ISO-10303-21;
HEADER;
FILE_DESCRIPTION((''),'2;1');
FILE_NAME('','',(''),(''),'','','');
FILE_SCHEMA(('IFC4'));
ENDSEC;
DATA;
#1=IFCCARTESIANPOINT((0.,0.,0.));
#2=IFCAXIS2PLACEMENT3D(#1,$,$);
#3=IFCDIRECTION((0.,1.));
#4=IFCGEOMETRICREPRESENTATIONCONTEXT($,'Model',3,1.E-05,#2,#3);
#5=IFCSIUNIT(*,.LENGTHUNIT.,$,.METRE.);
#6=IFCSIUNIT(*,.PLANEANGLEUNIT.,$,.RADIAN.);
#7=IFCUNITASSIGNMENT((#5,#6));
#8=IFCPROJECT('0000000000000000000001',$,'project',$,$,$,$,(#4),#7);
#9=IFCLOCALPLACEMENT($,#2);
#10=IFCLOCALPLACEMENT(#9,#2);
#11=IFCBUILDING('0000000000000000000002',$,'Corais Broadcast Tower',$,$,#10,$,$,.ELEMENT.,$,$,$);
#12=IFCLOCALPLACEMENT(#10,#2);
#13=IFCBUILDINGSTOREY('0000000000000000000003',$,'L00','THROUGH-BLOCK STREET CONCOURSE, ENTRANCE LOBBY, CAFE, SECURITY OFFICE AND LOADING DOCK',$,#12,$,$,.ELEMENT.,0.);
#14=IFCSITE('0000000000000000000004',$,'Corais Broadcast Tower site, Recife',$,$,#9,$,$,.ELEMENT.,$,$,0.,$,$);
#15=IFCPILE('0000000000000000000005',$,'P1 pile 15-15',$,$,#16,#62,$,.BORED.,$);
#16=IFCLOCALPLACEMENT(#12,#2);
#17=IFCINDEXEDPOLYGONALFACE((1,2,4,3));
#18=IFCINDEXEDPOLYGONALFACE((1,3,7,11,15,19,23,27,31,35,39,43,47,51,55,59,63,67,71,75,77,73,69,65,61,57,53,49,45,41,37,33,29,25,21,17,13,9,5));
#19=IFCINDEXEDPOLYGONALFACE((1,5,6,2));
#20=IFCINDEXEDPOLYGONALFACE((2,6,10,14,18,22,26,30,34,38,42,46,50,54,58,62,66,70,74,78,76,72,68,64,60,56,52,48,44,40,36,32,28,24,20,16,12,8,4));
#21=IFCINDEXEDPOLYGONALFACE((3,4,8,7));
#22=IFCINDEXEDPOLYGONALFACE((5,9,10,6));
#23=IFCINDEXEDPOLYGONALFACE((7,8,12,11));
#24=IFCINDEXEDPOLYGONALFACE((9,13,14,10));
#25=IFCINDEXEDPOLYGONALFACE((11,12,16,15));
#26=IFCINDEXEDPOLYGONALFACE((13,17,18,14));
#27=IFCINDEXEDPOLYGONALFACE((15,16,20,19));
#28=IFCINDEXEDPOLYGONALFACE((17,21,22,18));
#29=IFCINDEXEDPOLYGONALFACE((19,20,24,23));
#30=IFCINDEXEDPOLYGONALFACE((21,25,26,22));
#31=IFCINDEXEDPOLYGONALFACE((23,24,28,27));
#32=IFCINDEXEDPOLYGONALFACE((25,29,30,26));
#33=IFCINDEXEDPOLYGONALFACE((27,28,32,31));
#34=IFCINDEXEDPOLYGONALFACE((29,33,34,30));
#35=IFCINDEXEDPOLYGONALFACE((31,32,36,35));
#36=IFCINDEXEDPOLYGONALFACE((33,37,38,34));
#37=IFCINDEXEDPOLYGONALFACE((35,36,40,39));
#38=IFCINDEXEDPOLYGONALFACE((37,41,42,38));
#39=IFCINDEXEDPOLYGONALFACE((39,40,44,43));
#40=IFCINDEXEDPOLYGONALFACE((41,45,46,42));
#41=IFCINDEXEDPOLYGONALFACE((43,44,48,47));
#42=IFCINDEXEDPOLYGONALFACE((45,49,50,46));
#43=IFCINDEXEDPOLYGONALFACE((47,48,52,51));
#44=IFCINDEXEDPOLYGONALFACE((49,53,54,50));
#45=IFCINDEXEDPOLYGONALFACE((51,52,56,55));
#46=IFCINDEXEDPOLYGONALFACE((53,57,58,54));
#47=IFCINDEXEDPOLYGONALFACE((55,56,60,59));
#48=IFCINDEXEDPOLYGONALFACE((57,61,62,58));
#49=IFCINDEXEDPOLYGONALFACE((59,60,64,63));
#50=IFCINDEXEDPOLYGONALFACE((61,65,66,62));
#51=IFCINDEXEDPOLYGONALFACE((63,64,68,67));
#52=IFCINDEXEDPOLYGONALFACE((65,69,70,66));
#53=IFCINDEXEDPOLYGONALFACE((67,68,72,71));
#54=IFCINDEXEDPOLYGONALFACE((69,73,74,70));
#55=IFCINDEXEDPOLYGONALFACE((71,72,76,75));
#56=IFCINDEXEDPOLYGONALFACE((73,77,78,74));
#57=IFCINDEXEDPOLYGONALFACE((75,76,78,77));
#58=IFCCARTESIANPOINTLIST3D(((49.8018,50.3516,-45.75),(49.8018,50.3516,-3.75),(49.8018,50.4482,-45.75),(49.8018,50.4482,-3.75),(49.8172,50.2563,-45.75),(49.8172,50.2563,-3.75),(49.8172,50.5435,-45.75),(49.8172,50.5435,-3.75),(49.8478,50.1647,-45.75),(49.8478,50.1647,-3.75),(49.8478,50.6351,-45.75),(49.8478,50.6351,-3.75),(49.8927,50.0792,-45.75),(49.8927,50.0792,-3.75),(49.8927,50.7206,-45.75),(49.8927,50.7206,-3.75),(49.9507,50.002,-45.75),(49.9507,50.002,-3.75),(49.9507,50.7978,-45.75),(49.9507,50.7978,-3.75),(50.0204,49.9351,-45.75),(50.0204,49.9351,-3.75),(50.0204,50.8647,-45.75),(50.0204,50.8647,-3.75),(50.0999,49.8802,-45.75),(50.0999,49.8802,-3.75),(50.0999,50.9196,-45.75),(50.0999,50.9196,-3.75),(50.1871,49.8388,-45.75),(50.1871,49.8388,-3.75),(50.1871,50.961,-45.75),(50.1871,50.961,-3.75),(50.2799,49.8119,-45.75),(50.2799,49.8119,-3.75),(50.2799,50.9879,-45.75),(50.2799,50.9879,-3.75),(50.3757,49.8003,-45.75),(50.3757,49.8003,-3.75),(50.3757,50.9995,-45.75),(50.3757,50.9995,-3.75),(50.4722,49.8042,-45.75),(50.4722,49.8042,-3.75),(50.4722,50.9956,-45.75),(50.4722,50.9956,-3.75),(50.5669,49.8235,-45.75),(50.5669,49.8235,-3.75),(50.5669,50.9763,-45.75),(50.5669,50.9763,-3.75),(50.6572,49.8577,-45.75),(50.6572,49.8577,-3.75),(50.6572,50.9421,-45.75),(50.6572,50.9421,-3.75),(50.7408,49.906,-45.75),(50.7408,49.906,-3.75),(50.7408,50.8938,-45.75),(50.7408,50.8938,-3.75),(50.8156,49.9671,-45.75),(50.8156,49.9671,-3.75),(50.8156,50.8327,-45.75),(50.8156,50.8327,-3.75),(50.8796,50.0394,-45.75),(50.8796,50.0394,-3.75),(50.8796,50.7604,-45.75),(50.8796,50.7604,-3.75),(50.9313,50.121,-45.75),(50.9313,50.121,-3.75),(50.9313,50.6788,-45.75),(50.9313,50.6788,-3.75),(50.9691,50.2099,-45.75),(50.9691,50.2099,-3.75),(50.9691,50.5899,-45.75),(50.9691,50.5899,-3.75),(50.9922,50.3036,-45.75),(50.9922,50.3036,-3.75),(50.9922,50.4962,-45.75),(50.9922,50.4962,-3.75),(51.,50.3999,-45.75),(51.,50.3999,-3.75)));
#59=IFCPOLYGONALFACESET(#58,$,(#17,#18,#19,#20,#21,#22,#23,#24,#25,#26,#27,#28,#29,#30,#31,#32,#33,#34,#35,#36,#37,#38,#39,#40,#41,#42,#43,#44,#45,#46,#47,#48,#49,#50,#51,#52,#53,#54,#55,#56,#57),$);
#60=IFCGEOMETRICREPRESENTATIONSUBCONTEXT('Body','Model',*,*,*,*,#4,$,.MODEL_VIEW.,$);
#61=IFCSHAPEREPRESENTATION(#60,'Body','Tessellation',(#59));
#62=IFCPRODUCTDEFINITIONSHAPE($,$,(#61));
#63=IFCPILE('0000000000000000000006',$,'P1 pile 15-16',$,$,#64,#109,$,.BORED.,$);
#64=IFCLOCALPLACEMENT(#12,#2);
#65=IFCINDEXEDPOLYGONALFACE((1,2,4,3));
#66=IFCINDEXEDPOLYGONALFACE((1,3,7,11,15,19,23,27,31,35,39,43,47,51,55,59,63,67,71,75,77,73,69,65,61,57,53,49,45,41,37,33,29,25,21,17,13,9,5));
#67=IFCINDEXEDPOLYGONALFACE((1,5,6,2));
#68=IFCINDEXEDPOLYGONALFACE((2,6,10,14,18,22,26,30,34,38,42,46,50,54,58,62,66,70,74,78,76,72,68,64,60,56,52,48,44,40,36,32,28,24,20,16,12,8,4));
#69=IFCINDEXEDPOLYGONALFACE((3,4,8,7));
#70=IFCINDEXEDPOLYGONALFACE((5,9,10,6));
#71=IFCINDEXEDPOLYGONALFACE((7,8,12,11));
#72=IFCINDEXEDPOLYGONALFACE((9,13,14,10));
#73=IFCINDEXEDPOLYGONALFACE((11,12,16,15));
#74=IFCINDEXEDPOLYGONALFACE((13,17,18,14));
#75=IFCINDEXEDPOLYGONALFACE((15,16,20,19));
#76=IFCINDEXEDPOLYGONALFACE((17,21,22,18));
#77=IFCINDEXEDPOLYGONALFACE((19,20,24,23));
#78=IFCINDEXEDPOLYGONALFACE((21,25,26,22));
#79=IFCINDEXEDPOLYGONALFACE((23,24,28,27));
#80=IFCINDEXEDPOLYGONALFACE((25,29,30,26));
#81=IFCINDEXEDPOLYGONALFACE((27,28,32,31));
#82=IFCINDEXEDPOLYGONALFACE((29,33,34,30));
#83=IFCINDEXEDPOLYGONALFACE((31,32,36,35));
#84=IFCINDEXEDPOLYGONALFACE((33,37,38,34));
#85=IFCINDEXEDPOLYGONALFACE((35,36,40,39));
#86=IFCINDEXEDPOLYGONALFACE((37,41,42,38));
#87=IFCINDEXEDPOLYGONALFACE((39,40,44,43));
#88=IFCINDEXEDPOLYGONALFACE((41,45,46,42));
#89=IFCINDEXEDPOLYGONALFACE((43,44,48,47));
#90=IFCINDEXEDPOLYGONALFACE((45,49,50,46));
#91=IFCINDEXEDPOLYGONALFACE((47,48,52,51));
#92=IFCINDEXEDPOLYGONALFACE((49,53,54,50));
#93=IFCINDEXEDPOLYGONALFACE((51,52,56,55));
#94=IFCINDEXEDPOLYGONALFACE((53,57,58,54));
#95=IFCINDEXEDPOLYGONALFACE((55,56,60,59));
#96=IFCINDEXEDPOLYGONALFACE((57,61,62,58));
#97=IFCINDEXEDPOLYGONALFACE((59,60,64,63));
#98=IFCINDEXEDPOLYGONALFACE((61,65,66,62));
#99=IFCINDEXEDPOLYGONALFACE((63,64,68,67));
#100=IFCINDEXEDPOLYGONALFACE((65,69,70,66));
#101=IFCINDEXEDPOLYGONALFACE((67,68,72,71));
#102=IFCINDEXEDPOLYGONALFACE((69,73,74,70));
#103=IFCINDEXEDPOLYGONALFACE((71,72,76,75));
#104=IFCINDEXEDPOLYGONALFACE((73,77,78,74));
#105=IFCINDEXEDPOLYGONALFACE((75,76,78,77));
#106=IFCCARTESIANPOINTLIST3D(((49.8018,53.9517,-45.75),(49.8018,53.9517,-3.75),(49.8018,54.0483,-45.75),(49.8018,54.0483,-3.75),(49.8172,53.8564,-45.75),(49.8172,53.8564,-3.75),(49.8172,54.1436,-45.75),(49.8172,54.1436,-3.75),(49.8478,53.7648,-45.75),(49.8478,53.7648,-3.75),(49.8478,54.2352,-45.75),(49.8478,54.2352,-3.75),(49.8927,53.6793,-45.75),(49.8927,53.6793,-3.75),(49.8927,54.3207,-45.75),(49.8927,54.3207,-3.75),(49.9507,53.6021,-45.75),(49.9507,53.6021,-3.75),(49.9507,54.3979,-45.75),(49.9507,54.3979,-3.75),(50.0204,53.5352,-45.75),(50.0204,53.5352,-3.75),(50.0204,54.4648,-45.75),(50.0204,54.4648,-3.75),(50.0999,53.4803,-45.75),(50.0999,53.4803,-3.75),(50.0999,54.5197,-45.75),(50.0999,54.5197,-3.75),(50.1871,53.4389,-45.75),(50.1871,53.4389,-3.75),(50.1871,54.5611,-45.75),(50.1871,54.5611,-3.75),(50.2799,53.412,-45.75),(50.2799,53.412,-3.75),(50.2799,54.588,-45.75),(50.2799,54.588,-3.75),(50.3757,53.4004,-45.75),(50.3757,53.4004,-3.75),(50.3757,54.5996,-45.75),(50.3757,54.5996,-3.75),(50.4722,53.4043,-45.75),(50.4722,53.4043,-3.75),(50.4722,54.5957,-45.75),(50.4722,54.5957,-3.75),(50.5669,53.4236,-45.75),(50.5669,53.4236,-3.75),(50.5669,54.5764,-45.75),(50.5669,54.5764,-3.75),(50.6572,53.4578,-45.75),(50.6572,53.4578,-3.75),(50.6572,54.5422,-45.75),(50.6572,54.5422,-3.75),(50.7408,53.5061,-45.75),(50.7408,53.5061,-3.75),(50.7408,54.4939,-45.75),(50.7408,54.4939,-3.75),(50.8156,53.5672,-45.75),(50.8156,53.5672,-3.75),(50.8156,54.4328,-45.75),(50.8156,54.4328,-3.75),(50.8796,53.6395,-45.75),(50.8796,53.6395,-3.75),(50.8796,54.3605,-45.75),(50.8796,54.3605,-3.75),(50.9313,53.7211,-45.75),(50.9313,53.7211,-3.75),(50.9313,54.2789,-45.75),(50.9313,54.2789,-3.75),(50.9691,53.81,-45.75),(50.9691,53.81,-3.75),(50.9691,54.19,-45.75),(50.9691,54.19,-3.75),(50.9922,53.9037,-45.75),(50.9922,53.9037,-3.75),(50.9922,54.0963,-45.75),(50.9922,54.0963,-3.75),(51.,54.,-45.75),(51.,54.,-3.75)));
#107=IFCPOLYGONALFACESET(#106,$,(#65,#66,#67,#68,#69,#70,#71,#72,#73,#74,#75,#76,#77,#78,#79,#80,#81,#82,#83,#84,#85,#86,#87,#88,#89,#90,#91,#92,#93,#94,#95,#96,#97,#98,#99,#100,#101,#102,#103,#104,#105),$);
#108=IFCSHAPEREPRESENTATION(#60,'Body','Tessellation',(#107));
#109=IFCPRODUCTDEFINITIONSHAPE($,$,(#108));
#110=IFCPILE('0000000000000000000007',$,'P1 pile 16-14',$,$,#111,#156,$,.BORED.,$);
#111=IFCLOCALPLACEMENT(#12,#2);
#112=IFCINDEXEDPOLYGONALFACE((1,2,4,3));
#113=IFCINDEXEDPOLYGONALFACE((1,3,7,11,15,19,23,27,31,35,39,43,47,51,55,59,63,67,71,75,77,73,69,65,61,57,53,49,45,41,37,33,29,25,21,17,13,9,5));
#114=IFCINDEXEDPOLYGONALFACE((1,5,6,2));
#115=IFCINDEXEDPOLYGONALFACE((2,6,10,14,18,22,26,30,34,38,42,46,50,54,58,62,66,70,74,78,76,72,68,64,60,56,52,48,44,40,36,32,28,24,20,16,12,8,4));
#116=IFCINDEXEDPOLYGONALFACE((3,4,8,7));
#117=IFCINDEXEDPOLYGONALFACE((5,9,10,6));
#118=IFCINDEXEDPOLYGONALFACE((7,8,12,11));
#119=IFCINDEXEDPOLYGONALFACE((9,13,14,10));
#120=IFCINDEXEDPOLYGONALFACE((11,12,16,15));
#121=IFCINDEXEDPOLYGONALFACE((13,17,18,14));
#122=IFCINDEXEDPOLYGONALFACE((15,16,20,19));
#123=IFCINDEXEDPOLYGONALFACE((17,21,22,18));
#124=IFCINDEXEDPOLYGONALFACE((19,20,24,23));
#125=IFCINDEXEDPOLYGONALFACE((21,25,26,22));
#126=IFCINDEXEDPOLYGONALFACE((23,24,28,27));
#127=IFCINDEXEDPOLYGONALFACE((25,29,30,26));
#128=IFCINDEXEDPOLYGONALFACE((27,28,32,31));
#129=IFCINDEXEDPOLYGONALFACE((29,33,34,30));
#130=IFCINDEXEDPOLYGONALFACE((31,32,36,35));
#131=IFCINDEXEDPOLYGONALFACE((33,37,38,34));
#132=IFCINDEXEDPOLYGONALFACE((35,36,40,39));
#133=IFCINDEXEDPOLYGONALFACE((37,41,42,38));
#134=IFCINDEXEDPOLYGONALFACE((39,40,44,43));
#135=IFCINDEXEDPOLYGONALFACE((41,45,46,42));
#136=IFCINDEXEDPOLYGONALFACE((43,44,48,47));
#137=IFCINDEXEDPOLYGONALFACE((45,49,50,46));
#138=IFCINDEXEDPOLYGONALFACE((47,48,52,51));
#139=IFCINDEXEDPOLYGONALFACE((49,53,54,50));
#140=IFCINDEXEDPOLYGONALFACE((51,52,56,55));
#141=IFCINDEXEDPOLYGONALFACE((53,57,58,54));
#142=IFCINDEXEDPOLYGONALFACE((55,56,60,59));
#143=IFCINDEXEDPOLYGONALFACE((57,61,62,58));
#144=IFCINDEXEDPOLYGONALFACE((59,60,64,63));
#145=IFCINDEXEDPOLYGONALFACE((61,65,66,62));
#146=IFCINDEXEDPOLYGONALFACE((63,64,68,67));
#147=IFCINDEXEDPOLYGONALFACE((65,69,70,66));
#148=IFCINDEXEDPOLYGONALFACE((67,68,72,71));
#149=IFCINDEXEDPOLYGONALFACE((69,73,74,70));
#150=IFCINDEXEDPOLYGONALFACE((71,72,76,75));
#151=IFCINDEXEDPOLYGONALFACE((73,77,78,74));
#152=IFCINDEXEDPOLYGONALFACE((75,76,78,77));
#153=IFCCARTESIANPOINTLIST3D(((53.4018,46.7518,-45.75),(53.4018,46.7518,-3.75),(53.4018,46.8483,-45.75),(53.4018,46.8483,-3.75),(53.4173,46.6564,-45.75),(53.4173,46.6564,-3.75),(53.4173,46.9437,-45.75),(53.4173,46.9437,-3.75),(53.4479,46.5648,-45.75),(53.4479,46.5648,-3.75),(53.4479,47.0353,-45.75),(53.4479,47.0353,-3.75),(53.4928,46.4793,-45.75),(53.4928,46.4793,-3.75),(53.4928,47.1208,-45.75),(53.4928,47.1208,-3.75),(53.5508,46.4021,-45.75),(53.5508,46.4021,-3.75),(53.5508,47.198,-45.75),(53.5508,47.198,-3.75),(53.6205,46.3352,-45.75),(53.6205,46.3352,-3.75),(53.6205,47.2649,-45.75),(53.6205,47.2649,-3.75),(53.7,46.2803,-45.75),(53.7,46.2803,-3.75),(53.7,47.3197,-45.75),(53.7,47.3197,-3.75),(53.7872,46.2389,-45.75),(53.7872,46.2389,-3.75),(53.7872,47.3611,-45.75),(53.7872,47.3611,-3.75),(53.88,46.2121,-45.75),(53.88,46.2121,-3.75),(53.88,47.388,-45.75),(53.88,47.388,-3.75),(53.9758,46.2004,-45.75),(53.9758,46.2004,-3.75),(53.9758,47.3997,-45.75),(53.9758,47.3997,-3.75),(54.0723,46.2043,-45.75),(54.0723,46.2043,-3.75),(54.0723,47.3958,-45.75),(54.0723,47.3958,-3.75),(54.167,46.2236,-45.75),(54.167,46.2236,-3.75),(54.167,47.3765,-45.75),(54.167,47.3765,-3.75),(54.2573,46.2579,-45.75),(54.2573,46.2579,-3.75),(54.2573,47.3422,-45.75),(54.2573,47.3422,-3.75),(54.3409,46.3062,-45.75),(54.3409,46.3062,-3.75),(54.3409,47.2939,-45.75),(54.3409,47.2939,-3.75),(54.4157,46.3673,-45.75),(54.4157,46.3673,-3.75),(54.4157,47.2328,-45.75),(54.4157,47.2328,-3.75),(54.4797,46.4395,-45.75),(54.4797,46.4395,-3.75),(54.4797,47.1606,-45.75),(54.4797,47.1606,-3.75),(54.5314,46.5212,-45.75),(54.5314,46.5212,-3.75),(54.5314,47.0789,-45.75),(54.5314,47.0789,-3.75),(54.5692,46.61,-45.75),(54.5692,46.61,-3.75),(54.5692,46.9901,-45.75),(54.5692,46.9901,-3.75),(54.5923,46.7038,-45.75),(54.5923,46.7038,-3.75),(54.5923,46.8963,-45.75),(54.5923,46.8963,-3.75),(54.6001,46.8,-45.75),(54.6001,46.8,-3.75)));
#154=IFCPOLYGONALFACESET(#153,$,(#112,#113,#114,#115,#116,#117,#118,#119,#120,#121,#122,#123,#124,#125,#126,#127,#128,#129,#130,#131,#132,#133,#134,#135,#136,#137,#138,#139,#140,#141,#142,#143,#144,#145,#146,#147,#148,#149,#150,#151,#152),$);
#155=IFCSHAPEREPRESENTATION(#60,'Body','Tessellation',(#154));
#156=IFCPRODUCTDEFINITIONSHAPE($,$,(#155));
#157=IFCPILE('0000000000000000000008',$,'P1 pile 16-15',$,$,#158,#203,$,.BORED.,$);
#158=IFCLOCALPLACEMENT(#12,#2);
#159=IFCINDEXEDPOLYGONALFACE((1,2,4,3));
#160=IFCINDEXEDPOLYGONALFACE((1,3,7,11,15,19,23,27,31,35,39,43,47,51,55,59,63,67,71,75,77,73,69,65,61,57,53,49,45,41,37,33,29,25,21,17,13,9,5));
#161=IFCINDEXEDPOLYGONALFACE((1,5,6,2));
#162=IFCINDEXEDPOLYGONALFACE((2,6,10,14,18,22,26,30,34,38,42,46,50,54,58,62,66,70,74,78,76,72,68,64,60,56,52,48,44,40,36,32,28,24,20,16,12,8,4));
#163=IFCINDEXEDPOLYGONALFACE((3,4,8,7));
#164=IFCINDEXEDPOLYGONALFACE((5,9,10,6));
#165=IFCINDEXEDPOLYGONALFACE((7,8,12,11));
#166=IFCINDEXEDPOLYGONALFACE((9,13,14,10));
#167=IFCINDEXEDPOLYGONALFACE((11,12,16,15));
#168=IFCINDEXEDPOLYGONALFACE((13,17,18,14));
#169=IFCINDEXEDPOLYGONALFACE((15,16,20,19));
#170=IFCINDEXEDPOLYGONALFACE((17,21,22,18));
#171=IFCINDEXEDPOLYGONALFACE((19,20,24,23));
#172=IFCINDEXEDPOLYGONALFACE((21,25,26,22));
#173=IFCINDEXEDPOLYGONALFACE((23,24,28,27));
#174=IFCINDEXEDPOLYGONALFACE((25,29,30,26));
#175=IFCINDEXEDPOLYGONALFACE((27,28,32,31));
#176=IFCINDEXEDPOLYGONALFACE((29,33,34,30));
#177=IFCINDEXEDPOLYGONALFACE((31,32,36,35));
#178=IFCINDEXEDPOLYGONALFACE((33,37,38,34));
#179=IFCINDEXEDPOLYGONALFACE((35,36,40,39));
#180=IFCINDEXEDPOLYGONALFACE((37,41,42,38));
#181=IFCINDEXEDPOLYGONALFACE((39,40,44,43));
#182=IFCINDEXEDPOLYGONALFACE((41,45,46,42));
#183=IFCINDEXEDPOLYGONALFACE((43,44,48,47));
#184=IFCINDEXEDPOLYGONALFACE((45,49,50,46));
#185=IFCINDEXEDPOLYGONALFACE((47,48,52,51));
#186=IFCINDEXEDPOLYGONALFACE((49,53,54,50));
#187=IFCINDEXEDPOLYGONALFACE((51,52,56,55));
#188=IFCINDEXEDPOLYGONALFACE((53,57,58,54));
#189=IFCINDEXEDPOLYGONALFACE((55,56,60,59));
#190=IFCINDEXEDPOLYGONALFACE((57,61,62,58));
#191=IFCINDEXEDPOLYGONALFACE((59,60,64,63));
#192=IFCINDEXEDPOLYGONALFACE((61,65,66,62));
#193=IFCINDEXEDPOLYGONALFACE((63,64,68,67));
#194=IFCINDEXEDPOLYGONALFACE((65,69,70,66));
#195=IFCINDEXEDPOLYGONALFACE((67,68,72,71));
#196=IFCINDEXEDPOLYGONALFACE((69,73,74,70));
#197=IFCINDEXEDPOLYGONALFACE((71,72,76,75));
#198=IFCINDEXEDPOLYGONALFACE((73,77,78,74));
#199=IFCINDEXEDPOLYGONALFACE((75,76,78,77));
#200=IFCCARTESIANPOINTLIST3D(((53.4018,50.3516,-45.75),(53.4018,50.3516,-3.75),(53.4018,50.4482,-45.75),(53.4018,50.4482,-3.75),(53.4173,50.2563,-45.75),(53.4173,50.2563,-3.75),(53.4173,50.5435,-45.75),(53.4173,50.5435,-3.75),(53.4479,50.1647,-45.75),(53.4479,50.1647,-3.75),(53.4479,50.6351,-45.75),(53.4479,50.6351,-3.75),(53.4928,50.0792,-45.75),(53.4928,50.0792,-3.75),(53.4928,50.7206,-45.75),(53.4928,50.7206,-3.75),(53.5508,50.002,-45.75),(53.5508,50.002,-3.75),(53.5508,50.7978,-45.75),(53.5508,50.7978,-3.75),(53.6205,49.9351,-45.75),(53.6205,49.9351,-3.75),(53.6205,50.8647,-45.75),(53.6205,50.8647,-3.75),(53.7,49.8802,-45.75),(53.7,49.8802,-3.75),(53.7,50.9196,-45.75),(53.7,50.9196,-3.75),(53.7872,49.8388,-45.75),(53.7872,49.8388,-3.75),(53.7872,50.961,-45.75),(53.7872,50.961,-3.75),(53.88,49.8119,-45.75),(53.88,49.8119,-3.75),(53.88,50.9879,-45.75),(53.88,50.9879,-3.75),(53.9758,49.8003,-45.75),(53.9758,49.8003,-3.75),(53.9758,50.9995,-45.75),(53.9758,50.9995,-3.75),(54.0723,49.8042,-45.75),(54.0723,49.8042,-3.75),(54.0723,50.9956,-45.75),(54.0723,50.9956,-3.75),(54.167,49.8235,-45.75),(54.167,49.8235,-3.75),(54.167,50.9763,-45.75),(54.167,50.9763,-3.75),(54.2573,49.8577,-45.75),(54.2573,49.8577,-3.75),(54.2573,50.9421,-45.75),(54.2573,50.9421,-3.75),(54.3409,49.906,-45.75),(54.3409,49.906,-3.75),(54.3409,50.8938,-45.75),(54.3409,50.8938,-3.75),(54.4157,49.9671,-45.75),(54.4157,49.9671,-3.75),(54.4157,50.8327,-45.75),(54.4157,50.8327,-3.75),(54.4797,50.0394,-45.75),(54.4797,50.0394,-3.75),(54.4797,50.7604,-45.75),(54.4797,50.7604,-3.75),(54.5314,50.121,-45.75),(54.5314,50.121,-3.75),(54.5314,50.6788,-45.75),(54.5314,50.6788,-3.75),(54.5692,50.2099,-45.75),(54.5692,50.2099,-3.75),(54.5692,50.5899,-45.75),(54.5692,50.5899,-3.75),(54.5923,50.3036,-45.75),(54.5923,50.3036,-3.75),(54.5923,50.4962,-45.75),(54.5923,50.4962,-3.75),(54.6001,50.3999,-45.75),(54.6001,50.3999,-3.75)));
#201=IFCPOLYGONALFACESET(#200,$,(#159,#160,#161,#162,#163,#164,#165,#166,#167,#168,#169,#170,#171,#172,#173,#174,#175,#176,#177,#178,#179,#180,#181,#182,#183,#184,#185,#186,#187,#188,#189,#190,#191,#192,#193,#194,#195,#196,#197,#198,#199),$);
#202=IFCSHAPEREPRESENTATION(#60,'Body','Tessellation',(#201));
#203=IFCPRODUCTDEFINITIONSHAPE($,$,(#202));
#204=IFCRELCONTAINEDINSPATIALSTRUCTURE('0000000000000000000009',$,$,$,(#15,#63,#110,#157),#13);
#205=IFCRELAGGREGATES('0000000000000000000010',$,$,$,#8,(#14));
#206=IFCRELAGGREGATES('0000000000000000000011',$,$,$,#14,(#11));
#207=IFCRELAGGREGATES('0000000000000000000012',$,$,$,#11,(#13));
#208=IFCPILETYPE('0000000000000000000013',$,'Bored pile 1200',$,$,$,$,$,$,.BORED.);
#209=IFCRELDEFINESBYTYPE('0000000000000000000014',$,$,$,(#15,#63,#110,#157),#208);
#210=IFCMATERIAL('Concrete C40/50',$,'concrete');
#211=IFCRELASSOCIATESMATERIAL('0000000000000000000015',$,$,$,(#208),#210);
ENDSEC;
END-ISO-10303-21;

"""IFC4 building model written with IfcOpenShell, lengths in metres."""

from ifc_helpers import new_model, si_unit, direction, frame, origin, origin_2d, place, context, subcontext, project, spatial, circle, extrude, material, type_object, element, save


model = new_model("IFC4")

# Units and contexts
model_context = context("Model", 3, precision=1e-05, world=origin(), true_north=direction((0.0, 1.0)))
body_context = subcontext(model_context, "Body", "Model", "MODEL_VIEW")
ifc_project = project(units=[si_unit("LENGTHUNIT", "METRE"), si_unit("PLANEANGLEUNIT", "RADIAN")], contexts=[model_context])

# Site, building, storey
site_placement = place(None, origin())
site = spatial("IfcSite", under=ifc_project, at=site_placement, Name="Corais Broadcast Tower site, Recife", CompositionType="ELEMENT", RefElevation=0.0)
building_placement = place(site_placement, origin())
building = spatial("IfcBuilding", under=site, at=building_placement, Name="Corais Broadcast Tower", CompositionType="ELEMENT")
storey_placement = place(building_placement, origin())
storey = spatial("IfcBuildingStorey", under=building, at=storey_placement, Name="L00", Description="THROUGH-BLOCK STREET CONCOURSE, ENTRANCE LOBBY, CAFE, SECURITY OFFICE AND LOADING DOCK", CompositionType="ELEMENT", Elevation=0.0)

# Piles
ifc_material_1 = material(Name="Concrete C40/50", Category="concrete")
pile_type = type_object("IfcPileType", Name="Bored pile 1200", PredefinedType="BORED", material=ifc_material_1)
for number, where, z_axis, x_axis, name in (
    (1, (50.3999, 50.3999, -3.75), (0.0, 0.0, -1.0), (1.0, 0.0, 0.0), "P1 pile 15-15"),
    (2, (50.3999, 54.0, -3.75), (0.0, 0.0, -1.0), (1.0, 0.0, 0.0), "P1 pile 15-16"),
    (3, (54.0, 46.8, -3.75), (0.0, 0.0, -1.0), (1.0, 0.0, 0.0), "P1 pile 16-14"),
    (4, (54.0, 50.3999, -3.75), (0.0, 0.0, -1.0), (1.0, 0.0, 0.0), "P1 pile 16-15"),
):
    element("IfcPile", number, at=place(storey_placement, frame(where, z_axis=z_axis, x_axis=x_axis)), inside=storey, type_object=pile_type, Name=name, PredefinedType="BORED", context=body_context, shape_type="SweptSolid", body=[
        extrude(circle(Radius=0.6001, at=origin_2d()), origin(), (0.0, 0.0, 1.0), 42.0),
    ])

save(model, "model.ifc")
